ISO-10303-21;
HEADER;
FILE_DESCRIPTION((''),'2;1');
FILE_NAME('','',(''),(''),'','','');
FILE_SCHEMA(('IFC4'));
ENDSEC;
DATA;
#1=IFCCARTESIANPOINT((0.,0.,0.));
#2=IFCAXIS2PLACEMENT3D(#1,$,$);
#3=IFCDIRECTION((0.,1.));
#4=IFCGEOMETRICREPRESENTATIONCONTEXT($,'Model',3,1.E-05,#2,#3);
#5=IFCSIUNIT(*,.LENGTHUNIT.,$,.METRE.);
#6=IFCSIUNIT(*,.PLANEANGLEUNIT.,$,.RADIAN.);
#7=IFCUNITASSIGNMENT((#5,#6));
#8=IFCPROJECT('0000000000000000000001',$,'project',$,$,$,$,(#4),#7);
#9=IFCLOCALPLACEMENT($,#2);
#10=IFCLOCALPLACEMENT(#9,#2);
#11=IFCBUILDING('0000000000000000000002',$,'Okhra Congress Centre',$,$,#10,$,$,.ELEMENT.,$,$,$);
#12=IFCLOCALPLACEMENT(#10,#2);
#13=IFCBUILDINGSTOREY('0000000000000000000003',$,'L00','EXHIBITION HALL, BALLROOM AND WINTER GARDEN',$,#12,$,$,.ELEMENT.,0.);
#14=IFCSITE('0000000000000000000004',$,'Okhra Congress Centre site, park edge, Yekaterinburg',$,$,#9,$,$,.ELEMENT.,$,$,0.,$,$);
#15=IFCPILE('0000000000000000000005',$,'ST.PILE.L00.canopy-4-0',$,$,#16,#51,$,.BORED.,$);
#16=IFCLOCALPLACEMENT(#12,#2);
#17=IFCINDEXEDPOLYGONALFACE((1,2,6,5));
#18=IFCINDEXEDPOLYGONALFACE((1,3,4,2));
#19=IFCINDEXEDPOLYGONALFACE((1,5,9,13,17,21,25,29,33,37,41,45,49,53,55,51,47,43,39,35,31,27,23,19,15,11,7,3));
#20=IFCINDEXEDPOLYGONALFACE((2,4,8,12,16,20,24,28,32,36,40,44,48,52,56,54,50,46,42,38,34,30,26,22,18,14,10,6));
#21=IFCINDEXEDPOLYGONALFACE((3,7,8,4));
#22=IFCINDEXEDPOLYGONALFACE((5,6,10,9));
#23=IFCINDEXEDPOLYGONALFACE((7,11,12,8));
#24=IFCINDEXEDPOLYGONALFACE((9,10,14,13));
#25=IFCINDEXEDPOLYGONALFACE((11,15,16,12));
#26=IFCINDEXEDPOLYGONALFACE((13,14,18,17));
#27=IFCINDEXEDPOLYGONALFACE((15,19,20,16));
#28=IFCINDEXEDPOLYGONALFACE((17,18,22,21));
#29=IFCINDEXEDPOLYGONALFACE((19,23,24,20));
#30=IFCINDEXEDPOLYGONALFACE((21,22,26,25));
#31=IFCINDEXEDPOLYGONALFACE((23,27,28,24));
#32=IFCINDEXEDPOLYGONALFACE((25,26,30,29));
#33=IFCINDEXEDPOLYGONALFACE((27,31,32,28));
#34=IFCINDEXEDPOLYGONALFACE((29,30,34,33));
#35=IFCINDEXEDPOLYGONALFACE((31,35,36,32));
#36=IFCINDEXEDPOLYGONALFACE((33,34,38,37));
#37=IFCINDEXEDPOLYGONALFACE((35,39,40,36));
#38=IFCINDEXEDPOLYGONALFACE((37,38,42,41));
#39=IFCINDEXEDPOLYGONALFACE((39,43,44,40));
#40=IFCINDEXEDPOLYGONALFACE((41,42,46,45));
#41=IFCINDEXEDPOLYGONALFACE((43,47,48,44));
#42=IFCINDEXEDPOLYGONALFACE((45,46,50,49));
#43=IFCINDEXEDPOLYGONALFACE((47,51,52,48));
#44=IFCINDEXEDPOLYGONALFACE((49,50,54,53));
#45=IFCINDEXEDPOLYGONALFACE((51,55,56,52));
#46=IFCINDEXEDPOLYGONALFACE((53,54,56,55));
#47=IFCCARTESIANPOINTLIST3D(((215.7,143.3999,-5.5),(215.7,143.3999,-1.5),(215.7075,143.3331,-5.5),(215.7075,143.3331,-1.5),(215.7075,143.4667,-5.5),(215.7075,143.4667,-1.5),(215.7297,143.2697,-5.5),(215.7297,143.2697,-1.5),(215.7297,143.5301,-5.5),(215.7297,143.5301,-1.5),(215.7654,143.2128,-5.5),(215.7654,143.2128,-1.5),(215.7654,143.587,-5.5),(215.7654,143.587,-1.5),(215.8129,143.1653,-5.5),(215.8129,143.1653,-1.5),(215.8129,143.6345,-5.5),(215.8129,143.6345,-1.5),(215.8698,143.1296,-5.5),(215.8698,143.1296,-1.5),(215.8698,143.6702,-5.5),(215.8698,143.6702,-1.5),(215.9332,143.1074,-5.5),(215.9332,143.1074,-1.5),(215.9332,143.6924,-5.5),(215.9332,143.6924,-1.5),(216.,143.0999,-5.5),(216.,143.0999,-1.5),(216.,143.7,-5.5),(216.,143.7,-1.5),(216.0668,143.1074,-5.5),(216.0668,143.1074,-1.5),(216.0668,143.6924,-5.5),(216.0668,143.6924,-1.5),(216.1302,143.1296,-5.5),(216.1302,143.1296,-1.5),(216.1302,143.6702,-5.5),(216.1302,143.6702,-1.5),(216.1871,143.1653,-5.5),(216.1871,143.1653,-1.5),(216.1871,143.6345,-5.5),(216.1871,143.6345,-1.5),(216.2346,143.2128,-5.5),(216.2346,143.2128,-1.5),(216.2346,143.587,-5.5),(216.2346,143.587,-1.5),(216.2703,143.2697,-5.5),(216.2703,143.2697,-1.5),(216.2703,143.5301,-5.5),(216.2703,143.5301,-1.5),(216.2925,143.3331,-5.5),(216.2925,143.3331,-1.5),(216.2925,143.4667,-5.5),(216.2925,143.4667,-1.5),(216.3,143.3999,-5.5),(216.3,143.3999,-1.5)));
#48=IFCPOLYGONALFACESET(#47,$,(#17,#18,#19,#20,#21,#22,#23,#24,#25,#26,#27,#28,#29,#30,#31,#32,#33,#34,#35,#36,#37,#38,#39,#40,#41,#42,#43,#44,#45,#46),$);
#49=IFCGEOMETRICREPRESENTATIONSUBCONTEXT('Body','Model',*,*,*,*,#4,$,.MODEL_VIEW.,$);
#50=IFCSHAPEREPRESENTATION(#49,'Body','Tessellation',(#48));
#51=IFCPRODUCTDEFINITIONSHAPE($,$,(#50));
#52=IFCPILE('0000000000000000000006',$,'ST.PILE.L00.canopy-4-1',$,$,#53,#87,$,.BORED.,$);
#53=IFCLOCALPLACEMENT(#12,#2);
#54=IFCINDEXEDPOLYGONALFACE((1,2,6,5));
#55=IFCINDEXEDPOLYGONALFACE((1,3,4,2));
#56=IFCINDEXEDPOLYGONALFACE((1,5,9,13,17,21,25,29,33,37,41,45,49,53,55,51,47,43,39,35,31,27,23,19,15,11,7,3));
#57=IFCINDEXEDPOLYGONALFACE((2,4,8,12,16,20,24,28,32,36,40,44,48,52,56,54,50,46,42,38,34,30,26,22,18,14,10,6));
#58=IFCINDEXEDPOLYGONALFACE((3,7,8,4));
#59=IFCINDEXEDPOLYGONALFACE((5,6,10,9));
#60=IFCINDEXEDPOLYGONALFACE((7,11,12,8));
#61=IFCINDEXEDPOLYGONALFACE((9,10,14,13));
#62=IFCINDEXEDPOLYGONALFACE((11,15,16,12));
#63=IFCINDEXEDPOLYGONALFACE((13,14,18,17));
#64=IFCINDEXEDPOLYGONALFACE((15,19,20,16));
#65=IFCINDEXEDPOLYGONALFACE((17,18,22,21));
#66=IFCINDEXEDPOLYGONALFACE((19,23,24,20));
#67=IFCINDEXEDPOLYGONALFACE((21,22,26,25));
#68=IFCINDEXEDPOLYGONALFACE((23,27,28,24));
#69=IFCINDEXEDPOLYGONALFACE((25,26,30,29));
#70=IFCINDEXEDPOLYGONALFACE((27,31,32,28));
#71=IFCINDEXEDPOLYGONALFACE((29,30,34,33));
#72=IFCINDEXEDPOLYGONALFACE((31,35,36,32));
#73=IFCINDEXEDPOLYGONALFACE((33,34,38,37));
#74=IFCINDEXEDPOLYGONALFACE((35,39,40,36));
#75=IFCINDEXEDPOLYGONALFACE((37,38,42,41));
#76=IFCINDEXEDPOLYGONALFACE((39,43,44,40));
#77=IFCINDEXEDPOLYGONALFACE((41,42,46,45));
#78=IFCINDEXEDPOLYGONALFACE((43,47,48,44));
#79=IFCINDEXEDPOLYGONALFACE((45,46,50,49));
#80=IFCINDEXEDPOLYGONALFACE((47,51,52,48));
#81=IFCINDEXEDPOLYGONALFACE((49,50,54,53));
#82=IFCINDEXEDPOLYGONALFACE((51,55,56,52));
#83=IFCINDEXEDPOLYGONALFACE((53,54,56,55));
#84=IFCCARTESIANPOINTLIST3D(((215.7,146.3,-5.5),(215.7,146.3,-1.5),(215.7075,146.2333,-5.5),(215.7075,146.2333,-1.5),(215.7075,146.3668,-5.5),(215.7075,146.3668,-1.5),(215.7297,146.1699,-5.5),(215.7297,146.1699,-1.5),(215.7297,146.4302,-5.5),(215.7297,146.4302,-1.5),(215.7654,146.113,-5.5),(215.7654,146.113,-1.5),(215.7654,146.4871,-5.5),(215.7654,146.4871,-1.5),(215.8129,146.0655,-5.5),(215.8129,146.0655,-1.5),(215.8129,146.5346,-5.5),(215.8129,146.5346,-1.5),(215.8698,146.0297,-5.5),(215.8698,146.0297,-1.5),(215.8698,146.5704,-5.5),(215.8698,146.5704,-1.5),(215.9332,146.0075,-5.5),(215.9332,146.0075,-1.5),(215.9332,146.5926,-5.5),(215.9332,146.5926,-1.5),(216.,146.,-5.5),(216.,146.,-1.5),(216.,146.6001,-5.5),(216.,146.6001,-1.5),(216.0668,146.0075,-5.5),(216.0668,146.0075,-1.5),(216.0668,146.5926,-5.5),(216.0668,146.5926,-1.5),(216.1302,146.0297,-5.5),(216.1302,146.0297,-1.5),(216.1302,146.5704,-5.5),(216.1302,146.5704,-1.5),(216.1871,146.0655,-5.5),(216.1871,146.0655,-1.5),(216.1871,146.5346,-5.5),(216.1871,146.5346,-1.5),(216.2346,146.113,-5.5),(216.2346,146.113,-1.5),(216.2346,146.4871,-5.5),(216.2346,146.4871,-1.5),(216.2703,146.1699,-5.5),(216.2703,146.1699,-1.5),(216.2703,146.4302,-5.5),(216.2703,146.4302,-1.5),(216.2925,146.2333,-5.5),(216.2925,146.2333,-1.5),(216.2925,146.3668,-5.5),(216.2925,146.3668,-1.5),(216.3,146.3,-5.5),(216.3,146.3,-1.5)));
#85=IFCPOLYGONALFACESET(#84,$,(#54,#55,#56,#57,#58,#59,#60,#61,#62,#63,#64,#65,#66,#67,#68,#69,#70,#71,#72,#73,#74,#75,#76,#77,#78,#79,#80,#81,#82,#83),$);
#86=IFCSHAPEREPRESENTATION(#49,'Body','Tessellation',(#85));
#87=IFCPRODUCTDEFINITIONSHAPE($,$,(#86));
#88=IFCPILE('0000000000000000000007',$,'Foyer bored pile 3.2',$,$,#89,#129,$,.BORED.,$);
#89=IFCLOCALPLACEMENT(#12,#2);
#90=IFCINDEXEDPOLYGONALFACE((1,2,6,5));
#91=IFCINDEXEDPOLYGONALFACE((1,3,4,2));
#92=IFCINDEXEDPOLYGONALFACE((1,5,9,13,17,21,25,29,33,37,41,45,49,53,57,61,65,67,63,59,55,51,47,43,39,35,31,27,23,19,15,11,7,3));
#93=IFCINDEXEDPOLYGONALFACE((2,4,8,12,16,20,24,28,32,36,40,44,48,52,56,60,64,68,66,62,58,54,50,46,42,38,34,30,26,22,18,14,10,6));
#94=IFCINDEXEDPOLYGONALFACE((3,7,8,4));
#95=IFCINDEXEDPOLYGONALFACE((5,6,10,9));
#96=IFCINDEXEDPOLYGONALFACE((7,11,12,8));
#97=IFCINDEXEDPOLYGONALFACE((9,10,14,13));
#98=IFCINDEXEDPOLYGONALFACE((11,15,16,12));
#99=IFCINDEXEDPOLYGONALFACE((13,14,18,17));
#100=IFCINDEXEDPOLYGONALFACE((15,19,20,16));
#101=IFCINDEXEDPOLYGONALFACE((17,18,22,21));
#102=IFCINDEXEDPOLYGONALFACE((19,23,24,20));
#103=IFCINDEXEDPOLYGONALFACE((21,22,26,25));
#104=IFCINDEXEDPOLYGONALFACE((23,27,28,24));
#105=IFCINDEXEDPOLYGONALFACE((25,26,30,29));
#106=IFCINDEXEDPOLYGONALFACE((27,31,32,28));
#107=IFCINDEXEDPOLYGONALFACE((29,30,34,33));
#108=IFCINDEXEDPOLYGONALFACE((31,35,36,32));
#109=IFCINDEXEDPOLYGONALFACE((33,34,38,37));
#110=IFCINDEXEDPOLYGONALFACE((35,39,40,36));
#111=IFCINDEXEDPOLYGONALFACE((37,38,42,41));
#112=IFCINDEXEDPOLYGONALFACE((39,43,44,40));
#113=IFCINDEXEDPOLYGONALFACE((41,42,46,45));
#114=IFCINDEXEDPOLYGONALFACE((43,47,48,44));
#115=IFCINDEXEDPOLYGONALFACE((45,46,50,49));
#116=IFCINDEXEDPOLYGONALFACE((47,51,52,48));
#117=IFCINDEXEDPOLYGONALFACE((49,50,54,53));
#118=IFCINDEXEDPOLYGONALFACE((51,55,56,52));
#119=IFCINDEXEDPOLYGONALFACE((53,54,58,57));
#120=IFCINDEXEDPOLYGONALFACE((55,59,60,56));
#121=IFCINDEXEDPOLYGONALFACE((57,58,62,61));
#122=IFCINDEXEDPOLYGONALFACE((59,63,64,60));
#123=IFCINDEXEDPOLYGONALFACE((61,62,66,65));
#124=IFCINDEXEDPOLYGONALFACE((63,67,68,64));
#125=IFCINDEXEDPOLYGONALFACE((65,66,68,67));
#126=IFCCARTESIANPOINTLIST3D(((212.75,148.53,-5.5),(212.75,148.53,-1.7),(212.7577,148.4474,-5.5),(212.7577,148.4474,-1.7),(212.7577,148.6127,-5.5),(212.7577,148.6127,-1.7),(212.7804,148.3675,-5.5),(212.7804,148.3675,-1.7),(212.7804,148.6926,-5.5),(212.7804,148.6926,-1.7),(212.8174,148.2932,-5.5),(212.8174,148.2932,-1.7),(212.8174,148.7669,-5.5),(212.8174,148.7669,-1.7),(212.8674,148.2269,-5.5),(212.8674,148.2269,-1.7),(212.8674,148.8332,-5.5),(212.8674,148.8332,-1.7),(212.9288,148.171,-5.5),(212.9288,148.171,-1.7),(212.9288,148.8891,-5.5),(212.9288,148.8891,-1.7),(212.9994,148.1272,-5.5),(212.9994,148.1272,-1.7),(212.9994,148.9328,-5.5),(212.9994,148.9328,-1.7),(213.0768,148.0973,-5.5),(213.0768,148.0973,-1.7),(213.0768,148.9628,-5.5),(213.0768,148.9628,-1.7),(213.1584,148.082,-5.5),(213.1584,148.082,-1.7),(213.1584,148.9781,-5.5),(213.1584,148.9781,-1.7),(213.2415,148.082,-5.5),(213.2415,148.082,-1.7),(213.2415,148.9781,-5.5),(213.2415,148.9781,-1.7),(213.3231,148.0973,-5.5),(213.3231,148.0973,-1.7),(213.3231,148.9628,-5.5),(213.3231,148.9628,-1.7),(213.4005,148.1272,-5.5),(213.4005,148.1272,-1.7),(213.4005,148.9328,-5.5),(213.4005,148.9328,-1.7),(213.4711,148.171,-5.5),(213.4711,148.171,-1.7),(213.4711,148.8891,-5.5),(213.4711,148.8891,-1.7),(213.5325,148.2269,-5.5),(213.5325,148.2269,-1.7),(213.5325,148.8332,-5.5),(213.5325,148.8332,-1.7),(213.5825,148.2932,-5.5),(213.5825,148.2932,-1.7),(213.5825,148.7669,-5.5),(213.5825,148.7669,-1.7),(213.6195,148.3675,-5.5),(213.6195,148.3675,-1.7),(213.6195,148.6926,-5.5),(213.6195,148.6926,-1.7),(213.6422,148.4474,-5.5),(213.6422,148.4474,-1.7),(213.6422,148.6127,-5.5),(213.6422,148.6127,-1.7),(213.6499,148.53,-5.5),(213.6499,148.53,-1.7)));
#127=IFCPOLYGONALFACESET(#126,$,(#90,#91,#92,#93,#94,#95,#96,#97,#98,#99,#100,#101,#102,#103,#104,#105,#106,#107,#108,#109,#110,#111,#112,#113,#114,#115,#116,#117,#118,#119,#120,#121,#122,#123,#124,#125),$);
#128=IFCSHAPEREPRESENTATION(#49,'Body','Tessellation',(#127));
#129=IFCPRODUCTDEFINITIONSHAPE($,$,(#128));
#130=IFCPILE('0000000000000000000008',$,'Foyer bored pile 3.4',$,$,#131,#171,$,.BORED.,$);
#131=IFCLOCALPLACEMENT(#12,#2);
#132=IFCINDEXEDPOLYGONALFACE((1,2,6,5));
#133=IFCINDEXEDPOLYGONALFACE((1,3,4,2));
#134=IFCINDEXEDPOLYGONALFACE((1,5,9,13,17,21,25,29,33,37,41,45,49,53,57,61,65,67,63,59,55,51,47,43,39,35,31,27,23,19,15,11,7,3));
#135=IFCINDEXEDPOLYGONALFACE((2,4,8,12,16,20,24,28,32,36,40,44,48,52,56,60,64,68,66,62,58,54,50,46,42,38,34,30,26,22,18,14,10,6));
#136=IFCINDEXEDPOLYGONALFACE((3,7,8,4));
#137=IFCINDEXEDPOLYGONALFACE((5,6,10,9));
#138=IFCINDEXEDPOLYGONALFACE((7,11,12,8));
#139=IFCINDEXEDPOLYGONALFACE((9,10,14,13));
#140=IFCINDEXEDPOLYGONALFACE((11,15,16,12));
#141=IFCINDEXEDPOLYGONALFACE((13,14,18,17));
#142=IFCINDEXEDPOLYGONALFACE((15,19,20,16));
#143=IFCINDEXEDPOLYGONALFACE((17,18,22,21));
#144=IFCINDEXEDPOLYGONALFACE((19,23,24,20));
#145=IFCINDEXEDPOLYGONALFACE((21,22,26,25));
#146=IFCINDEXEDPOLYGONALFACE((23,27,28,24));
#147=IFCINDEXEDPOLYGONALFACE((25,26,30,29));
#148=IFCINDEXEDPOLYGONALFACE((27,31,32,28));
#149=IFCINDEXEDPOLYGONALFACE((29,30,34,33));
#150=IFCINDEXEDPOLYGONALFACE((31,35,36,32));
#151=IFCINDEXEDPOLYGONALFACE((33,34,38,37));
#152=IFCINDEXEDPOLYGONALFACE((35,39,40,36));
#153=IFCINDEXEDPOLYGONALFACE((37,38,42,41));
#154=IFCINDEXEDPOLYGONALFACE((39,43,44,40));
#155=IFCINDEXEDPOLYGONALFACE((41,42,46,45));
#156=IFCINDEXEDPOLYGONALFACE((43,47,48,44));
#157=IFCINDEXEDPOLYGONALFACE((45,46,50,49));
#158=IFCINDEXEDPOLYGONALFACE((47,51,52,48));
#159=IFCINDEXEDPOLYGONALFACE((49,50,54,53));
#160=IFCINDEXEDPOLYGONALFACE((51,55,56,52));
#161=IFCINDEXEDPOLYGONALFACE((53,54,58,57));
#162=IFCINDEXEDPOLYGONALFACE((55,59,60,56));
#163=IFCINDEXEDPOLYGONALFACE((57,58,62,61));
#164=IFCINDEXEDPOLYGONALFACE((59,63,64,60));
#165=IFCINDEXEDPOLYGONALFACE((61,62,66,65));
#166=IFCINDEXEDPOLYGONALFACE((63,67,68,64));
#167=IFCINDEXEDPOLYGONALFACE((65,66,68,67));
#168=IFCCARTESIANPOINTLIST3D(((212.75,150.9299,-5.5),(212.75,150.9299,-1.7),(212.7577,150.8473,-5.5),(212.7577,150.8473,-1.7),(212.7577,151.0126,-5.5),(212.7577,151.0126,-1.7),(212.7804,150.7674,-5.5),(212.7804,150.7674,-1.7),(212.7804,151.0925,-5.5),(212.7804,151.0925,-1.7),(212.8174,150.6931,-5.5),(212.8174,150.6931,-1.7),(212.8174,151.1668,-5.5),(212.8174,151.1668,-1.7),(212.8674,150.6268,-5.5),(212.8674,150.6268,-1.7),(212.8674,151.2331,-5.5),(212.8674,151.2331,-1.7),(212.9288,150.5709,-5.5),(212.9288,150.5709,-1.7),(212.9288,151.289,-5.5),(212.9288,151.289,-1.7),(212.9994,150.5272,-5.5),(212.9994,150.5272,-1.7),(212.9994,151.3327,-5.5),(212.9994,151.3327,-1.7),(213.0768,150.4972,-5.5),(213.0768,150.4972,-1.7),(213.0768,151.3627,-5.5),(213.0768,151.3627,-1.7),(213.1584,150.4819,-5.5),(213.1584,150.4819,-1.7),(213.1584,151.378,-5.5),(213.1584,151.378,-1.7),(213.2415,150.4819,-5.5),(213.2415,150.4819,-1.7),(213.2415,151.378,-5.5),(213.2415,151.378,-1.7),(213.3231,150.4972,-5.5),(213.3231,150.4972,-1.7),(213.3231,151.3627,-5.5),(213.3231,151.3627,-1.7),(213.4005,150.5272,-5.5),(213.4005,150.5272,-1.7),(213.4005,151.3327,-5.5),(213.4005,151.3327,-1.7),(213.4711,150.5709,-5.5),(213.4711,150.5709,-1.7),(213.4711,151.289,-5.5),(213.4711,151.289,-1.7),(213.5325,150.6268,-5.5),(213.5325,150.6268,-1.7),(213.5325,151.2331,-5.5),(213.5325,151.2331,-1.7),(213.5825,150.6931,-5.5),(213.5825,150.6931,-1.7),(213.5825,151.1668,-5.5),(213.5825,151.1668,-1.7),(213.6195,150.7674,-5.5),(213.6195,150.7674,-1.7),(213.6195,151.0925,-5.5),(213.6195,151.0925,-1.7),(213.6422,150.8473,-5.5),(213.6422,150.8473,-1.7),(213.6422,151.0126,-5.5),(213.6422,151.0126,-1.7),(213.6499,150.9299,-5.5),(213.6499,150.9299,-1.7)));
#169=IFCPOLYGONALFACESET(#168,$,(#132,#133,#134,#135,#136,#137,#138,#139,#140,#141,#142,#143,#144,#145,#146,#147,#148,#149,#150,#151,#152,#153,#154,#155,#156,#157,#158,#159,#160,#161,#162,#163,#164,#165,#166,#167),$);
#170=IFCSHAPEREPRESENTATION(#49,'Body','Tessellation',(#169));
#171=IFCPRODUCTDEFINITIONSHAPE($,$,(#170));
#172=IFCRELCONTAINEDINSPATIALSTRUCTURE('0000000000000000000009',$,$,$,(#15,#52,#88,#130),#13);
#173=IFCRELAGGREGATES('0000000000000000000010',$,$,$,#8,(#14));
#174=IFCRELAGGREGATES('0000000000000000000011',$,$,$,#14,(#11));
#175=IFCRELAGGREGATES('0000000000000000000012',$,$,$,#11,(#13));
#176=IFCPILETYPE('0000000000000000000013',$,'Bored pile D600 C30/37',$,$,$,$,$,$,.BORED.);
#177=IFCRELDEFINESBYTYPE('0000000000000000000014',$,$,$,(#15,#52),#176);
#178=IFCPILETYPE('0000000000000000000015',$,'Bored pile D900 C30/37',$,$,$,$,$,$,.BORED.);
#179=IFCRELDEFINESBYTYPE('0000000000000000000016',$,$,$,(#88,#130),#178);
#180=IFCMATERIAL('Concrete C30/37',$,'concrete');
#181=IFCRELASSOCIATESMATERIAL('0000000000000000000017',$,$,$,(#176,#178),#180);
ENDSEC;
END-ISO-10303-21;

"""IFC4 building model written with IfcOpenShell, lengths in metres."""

from ifc_helpers import new_model, si_unit, direction, frame, origin, origin_2d, place, context, subcontext, project, spatial, circle, extrude, material, material_profile, profile_set, type_object, element, save


model = new_model("IFC4")

# Units and contexts
model_context = context("Model", 3, precision=1e-05, world=origin(), true_north=direction((0.0, 1.0)))
body_context = subcontext(model_context, "Body", "Model", "MODEL_VIEW")
ifc_project = project(units=[si_unit("LENGTHUNIT", "METRE"), si_unit("PLANEANGLEUNIT", "RADIAN")], contexts=[model_context])

# Site, building, storey
site_placement = place(None, origin())
site = spatial("IfcSite", under=ifc_project, at=site_placement, Name="Okhra Congress Centre site, park edge, Yekaterinburg", CompositionType="ELEMENT", RefElevation=0.0)
building_placement = place(site_placement, origin())
building = spatial("IfcBuilding", under=site, at=building_placement, Name="Okhra Congress Centre", CompositionType="ELEMENT")
storey_placement = place(building_placement, origin())
storey = spatial("IfcBuildingStorey", under=building, at=storey_placement, Name="L00", Description="EXHIBITION HALL, BALLROOM AND WINTER GARDEN", CompositionType="ELEMENT", Elevation=0.0)

# Piles
ifc_material_1 = material(Name="Concrete C30/37", Category="concrete")
ifc_material_profile_1 = material_profile(ifc_material_1, circle(Radius=0.3, at=origin_2d()), Name="D600")
ifc_profile_set_1 = profile_set([ifc_material_profile_1], Name="Concrete C30/37")
pile_type_1 = type_object("IfcPileType", Name="Bored pile D600 C30/37", PredefinedType="BORED", material=ifc_profile_set_1)
for number, where, z_axis, x_axis, name in (
    (1, (216.0, 143.3999, -1.5), (0.0, 0.0, -1.0), (1.0, 0.0, 0.0), "ST.PILE.L00.canopy-4-0"),
    (2, (216.0, 146.3, -1.5), (0.0, 0.0, -1.0), (1.0, 0.0, 0.0), "ST.PILE.L00.canopy-4-1"),
):
    element("IfcPile", number, at=place(storey_placement, frame(where, z_axis=z_axis, x_axis=x_axis)), inside=storey, type_object=pile_type_1, Name=name, PredefinedType="BORED", context=body_context, shape_type="SweptSolid", body=[
        extrude(circle(Radius=0.3, at=origin_2d()), origin(), (0.0, 0.0, 1.0), 4.0),
    ])
ifc_material_profile_2 = material_profile(ifc_material_1, circle(Radius=0.45, at=origin_2d()), Name="D900")
ifc_profile_set_2 = profile_set([ifc_material_profile_2], Name="Concrete C30/37")
pile_type_2 = type_object("IfcPileType", Name="Bored pile D900 C30/37", PredefinedType="BORED", material=ifc_profile_set_2)
for number, where, z_axis, x_axis, name in (
    (3, (213.2, 148.53, -1.7), (0.0, 0.0, -1.0), (1.0, 0.0, 0.0), "Foyer bored pile 3.2"),
    (4, (213.2, 150.9299, -1.7), (0.0, 0.0, -1.0), (1.0, 0.0, 0.0), "Foyer bored pile 3.4"),
):
    element("IfcPile", number, at=place(storey_placement, frame(where, z_axis=z_axis, x_axis=x_axis)), inside=storey, type_object=pile_type_2, Name=name, PredefinedType="BORED", context=body_context, shape_type="SweptSolid", body=[
        extrude(circle(Radius=0.45, at=origin_2d()), origin(), (0.0, 0.0, 1.0), 3.8),
    ])

save(model, "model.ifc")
